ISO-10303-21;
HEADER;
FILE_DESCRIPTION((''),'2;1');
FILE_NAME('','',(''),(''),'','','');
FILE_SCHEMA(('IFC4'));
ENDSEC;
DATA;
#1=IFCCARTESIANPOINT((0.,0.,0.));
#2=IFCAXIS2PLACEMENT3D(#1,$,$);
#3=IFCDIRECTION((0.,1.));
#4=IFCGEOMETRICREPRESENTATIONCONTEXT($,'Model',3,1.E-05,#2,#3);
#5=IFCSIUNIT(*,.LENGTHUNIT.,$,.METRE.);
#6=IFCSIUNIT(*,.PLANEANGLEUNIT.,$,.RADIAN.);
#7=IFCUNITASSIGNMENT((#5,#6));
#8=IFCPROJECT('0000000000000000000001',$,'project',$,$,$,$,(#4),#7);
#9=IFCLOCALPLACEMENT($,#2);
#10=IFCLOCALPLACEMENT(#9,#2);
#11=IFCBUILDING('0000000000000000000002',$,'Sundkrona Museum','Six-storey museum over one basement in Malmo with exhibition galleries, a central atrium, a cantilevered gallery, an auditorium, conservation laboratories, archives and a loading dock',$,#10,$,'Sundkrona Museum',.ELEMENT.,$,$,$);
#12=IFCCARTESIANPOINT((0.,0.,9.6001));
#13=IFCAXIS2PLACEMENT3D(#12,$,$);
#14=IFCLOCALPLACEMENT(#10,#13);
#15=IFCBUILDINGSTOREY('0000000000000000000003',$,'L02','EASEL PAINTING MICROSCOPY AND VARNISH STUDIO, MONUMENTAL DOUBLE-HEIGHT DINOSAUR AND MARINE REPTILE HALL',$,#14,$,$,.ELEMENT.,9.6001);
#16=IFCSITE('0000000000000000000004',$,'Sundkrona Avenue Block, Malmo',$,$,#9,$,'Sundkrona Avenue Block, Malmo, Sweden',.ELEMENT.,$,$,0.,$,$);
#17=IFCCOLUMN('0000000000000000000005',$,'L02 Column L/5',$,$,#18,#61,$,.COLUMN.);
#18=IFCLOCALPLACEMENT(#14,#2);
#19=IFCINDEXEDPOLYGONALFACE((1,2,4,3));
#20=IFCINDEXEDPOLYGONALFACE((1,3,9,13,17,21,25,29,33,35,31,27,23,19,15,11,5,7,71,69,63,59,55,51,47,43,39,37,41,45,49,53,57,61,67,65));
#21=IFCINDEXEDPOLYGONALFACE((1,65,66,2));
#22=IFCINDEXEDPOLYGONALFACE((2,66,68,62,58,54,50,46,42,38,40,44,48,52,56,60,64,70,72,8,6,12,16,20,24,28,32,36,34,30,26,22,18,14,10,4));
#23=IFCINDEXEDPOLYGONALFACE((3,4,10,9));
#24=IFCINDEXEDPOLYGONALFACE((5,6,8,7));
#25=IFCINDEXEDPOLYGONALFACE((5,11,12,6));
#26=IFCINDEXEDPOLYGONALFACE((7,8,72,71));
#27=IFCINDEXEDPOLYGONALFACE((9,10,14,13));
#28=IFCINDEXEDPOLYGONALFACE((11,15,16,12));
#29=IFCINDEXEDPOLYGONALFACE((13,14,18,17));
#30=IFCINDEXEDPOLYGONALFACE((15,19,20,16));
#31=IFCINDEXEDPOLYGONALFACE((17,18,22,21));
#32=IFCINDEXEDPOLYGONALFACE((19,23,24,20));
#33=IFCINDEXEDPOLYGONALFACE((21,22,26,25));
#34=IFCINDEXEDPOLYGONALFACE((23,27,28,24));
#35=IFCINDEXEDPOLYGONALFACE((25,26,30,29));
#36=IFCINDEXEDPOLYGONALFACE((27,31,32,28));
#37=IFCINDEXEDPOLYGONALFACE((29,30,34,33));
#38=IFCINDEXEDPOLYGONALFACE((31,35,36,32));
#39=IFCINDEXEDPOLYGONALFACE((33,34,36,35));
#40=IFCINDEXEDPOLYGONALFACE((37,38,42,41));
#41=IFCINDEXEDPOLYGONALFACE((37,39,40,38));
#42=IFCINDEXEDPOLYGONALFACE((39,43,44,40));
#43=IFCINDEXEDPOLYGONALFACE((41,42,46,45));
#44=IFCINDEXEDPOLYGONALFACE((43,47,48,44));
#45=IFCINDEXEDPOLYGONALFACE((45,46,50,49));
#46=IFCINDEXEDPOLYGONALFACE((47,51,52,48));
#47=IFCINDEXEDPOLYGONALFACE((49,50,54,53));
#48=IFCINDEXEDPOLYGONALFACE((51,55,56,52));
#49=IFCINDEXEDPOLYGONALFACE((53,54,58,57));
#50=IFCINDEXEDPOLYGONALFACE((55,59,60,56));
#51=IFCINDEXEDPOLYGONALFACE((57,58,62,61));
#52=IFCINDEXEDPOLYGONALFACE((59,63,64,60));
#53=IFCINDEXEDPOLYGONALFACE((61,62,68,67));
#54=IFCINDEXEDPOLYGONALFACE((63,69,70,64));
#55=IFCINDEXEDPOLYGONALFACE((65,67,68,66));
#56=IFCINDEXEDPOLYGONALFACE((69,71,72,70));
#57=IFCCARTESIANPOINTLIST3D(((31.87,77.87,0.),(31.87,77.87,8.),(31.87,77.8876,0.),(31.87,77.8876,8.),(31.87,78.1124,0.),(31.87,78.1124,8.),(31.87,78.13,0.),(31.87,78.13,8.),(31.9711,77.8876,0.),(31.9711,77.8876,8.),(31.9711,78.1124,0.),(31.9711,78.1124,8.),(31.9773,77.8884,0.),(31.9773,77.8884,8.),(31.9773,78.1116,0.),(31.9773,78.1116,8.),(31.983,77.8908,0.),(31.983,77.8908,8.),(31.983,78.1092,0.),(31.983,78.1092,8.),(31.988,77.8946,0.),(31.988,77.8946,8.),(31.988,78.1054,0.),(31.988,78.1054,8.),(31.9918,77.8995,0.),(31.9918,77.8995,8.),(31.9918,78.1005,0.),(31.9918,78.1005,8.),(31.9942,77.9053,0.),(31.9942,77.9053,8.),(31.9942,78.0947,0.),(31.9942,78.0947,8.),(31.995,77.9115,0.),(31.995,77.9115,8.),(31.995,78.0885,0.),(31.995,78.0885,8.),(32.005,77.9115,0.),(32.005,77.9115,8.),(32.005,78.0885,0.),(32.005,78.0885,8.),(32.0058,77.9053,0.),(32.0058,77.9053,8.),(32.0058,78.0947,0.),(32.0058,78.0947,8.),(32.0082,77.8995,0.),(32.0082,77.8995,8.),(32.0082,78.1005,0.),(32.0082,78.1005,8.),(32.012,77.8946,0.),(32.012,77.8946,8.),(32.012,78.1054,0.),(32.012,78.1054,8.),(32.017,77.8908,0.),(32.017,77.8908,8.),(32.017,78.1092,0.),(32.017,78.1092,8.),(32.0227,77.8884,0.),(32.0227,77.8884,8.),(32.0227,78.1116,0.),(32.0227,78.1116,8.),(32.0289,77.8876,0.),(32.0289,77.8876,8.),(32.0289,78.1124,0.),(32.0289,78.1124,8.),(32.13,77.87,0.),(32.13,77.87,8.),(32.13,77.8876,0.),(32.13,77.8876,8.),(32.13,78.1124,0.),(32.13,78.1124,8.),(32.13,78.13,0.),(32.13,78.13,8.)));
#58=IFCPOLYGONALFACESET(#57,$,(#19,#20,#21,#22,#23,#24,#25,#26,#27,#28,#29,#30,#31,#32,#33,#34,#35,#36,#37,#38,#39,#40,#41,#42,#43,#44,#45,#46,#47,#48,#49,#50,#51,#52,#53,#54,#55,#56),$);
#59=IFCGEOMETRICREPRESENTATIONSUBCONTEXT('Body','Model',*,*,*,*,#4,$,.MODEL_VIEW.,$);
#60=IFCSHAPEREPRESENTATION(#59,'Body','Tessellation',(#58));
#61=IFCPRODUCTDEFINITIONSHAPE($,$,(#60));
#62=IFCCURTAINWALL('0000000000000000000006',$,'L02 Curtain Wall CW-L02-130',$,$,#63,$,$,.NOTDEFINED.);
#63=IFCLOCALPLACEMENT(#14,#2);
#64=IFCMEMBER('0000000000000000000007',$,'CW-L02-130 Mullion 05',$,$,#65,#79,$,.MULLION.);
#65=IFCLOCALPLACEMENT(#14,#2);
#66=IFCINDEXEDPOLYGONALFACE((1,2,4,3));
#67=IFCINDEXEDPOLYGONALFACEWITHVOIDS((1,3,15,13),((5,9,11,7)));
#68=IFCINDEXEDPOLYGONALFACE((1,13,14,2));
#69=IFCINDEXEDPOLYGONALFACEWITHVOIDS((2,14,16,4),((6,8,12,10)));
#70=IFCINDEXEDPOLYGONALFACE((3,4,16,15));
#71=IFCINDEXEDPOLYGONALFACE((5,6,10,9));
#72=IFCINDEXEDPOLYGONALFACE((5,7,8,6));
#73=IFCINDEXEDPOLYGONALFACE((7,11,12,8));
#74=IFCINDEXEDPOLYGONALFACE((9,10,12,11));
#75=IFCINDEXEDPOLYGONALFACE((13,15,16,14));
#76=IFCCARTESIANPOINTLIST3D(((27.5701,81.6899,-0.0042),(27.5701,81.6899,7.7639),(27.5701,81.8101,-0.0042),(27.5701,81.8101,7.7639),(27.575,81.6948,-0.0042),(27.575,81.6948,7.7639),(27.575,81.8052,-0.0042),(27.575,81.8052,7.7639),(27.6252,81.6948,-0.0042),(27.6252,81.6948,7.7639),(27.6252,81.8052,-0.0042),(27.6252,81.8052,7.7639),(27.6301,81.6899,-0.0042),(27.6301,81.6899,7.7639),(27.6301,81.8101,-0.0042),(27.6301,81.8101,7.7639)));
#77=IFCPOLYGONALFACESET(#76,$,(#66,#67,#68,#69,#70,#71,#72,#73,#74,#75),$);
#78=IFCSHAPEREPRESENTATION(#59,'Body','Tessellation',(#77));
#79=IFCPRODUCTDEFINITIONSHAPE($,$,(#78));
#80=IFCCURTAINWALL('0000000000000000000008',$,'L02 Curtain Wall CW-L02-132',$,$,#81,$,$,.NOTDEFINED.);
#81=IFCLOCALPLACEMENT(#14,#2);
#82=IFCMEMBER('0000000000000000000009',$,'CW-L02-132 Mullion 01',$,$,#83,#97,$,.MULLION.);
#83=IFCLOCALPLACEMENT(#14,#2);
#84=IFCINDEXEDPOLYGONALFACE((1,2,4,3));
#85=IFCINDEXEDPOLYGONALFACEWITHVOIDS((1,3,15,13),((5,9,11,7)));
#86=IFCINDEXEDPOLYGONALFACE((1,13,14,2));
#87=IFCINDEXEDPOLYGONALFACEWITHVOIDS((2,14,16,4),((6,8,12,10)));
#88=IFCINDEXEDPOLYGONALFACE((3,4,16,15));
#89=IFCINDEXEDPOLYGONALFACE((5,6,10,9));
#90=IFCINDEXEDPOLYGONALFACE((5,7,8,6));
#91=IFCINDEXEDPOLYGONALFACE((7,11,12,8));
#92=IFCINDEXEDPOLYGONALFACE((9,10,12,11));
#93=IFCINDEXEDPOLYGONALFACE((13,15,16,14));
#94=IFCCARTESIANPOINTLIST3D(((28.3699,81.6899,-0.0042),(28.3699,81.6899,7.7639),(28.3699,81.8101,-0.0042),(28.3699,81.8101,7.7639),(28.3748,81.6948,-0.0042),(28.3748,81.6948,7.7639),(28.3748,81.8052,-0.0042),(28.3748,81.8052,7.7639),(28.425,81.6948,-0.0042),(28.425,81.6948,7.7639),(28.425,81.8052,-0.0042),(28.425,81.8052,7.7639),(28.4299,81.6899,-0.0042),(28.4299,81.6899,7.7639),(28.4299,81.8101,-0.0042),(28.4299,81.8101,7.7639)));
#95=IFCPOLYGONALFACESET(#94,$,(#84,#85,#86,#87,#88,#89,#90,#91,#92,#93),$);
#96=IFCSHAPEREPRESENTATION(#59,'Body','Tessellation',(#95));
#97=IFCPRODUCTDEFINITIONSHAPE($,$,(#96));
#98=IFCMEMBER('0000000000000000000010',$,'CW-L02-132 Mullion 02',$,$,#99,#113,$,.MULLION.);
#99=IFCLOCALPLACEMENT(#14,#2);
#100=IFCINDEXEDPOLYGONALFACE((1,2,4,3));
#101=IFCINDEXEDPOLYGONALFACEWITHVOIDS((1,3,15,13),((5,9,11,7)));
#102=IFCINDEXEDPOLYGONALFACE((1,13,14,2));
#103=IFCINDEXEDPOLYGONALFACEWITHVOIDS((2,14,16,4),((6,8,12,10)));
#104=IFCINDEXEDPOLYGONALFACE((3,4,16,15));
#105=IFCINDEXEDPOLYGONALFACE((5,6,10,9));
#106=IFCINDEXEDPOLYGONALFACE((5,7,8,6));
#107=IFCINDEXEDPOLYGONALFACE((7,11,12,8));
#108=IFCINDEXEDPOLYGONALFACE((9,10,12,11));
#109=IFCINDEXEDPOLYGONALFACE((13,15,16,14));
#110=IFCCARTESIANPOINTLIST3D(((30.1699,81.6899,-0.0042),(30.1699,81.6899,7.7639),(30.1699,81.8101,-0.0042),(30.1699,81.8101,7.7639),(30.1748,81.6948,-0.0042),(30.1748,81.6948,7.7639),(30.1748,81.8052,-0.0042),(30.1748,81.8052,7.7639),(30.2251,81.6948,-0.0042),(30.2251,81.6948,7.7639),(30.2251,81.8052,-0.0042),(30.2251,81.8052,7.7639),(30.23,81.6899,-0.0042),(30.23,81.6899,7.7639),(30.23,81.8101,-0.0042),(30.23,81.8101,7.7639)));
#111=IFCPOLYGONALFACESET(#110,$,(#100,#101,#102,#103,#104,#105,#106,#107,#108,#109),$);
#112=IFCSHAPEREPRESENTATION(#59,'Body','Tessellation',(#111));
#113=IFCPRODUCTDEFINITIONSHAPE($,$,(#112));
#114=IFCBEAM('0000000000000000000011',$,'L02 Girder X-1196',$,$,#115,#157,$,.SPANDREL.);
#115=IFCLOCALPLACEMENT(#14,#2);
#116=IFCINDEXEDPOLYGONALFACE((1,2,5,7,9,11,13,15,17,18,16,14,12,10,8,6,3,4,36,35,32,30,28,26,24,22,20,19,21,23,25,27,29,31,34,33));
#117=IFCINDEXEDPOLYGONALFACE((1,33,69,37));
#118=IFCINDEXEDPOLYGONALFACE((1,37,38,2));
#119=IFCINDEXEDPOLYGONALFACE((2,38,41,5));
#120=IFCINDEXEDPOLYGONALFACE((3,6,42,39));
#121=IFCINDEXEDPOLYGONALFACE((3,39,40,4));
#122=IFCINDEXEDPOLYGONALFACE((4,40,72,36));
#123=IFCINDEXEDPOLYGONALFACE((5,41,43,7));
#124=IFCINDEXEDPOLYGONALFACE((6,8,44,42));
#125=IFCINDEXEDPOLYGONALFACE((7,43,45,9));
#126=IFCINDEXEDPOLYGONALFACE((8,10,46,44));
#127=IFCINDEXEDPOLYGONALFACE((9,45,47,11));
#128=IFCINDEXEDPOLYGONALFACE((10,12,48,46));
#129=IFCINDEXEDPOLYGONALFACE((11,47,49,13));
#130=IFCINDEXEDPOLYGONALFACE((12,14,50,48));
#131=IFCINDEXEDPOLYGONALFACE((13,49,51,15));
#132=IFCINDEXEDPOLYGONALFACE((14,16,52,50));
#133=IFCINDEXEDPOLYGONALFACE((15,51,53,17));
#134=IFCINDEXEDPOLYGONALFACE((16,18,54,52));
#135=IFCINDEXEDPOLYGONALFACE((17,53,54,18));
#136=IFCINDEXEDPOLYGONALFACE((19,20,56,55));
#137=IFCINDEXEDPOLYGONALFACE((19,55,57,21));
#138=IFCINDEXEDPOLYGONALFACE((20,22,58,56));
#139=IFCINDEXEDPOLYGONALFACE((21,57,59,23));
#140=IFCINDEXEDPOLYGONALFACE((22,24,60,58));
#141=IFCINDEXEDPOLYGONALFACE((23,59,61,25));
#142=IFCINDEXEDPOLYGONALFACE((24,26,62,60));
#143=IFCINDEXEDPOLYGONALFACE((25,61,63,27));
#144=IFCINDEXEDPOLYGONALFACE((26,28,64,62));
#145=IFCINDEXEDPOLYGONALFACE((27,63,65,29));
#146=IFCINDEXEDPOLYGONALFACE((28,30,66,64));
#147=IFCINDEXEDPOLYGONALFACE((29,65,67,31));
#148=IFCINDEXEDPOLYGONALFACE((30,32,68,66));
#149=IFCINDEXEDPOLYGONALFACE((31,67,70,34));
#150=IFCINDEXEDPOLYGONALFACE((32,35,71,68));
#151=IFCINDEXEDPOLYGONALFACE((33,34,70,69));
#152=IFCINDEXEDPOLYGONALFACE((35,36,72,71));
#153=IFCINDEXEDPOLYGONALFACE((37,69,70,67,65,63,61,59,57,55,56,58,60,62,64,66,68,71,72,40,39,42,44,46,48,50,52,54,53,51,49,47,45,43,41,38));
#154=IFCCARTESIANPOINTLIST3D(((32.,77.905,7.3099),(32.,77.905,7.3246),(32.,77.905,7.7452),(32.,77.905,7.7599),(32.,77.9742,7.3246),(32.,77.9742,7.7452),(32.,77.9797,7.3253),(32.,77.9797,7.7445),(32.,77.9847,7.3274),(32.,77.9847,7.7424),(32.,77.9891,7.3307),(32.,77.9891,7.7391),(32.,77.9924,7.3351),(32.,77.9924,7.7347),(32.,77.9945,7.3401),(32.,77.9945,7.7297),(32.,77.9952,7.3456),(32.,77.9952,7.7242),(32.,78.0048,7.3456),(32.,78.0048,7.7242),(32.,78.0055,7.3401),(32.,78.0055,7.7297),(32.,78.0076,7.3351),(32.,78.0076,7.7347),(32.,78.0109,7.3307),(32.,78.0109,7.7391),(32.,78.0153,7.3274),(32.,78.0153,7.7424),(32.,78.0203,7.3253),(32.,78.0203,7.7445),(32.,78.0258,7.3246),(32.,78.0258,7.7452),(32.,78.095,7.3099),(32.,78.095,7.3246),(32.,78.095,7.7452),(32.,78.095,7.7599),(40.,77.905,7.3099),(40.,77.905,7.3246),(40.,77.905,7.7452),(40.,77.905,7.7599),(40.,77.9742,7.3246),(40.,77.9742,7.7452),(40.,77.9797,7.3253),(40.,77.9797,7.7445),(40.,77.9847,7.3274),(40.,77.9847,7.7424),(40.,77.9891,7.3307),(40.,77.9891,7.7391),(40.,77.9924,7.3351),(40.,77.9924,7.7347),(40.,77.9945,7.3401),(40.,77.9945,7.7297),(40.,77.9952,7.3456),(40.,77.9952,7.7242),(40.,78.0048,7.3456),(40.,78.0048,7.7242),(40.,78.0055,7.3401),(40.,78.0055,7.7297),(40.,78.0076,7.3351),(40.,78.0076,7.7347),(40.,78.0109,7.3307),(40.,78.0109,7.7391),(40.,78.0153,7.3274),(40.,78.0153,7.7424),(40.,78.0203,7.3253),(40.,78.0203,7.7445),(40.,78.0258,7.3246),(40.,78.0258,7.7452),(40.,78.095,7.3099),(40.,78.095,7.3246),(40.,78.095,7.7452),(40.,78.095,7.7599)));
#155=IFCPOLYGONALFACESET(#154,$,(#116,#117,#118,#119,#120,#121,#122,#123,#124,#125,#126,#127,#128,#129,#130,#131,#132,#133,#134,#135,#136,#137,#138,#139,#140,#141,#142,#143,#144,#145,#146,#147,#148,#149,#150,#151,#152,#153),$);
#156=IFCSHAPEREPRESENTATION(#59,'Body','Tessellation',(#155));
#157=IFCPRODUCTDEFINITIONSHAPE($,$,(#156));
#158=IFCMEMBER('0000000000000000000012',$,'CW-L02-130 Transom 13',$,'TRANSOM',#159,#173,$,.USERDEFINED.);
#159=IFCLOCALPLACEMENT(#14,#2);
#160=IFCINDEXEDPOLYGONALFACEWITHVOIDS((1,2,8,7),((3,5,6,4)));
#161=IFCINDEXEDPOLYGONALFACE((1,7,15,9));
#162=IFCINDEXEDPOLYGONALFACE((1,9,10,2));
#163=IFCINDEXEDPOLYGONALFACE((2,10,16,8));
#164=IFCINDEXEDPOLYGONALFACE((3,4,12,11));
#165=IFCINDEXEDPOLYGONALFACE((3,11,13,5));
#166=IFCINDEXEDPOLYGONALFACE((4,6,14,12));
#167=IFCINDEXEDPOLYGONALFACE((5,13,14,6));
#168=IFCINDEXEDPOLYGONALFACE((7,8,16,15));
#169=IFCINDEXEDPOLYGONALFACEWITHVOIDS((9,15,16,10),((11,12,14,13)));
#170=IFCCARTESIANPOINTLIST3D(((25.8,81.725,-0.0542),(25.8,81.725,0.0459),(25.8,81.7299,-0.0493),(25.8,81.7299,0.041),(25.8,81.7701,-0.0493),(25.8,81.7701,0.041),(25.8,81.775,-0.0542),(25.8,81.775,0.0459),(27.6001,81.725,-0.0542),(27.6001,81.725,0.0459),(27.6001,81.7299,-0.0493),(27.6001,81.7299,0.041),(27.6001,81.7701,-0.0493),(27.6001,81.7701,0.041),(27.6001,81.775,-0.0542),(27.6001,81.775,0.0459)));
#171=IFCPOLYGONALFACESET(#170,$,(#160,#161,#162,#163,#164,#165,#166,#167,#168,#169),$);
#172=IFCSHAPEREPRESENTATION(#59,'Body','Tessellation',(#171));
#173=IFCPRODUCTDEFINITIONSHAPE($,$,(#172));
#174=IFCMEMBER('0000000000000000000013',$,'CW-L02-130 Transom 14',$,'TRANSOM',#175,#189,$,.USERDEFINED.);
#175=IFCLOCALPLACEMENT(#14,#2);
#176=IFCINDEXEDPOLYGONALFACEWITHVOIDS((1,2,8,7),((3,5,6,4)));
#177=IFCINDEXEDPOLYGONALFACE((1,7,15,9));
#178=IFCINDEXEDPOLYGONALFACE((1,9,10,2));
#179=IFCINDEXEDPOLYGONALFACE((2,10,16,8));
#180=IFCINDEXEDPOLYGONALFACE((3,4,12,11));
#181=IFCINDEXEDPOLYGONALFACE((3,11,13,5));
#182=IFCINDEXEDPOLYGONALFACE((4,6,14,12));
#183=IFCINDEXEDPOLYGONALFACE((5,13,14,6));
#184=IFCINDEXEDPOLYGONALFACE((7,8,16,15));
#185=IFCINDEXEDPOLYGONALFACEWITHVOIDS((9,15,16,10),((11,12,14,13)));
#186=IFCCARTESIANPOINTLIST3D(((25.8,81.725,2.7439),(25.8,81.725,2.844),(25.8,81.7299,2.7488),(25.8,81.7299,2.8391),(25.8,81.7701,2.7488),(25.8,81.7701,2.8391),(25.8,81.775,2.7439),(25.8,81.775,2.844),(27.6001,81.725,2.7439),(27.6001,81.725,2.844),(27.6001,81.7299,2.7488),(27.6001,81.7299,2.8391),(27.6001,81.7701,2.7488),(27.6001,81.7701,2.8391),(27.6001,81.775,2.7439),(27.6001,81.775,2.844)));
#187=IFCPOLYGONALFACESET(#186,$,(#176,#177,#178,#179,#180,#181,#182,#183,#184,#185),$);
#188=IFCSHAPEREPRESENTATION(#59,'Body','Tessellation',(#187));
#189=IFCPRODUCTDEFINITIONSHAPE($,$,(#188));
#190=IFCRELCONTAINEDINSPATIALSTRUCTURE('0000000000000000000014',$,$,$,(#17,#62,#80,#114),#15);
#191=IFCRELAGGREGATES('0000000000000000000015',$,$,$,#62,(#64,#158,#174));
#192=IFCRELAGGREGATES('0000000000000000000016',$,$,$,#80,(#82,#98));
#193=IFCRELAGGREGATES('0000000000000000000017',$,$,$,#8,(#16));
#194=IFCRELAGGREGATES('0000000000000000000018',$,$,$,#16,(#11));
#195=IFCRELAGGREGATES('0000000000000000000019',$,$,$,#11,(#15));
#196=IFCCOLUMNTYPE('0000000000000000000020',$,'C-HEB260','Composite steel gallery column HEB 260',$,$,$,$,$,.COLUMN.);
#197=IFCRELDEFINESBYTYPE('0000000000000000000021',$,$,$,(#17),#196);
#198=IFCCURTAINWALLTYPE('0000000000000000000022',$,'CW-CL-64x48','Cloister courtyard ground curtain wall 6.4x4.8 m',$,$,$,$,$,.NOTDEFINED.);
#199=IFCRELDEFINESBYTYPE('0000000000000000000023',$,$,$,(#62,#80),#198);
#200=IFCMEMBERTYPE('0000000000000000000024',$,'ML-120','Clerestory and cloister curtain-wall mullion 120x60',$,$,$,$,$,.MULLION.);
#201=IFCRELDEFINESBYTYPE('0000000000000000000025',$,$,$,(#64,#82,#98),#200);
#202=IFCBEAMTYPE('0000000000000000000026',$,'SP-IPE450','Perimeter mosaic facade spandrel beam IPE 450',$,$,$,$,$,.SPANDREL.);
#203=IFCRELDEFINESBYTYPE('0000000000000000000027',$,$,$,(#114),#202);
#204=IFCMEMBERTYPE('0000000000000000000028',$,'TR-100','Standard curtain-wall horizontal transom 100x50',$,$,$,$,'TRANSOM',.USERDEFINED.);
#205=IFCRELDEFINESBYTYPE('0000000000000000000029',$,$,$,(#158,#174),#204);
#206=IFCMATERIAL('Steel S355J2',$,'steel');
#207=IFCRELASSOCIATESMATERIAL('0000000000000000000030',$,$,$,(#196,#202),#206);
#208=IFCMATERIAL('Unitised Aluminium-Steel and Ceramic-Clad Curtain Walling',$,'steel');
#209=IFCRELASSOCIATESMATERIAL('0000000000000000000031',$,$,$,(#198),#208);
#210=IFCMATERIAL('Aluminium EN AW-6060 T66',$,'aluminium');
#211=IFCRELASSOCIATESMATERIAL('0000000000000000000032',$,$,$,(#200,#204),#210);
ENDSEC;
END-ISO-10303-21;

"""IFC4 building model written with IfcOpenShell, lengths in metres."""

from ifc_helpers import new_model, si_unit, direction, frame, origin, origin_2d, place, context, subcontext, project, spatial, hollow_rectangle, i_section, extrude, material, material_profile, profile_set, type_object, element, aggregate, save


model = new_model("IFC4")

# Units and contexts
model_context = context("Model", 3, precision=1e-05, world=origin(), true_north=direction((0.0, 1.0)))
body_context = subcontext(model_context, "Body", "Model", "MODEL_VIEW")
ifc_project = project(units=[si_unit("LENGTHUNIT", "METRE"), si_unit("PLANEANGLEUNIT", "RADIAN")], contexts=[model_context])

# Site, building, storey
site_placement = place(None, origin())
site = spatial("IfcSite", under=ifc_project, at=site_placement, Name="Sundkrona Avenue Block, Malmo", LongName="Sundkrona Avenue Block, Malmo, Sweden", CompositionType="ELEMENT", RefElevation=0.0)
building_placement = place(site_placement, origin())
building = spatial("IfcBuilding", under=site, at=building_placement, Name="Sundkrona Museum", Description="Six-storey museum over one basement in Malmo with exhibition galleries, a central atrium, a cantilevered gallery, an auditorium, conservation laboratories, archives and a loading dock", LongName="Sundkrona Museum", CompositionType="ELEMENT")
storey_placement = place(building_placement, frame((0.0, 0.0, 9.6001)))
storey = spatial("IfcBuildingStorey", under=building, at=storey_placement, Name="L02", Description="EASEL PAINTING MICROSCOPY AND VARNISH STUDIO, MONUMENTAL DOUBLE-HEIGHT DINOSAUR AND MARINE REPTILE HALL", CompositionType="ELEMENT", Elevation=9.6001)

# Column
ifc_material_1 = material(Name="Steel S355J2", Category="steel")
ifc_material_profile_1 = material_profile(ifc_material_1, i_section(OverallWidth=0.26, OverallDepth=0.26, WebThickness=0.01, FlangeThickness=0.0176, FilletRadius=0.0239, at=origin_2d()), Name="HEB 260")
ifc_profile_set_1 = profile_set([ifc_material_profile_1], Name="Steel S355J2")
column_type = type_object("IfcColumnType", Name="C-HEB260", Description="Composite steel gallery column HEB 260", PredefinedType="COLUMN", material=ifc_profile_set_1)
column_placement = place(storey_placement, frame((32.0, 78.0, 0.0), z_axis=(0.0, 0.0, 1.0), x_axis=(1.0, 0.0, 0.0)))
element("IfcColumn", 1, at=column_placement, inside=storey, type_object=column_type, Name="L02 Column L/5", PredefinedType="COLUMN", context=body_context, shape_type="SweptSolid", body=[
    extrude(i_section(OverallWidth=0.26, OverallDepth=0.26, WebThickness=0.01, FlangeThickness=0.0176, FilletRadius=0.0239, at=origin_2d()), origin(), (0.0, 0.0, 1.0), 8.0),
])

# Curtain wall, member
ifc_material_2 = material(Name="Unitised Aluminium-Steel and Ceramic-Clad Curtain Walling", Category="steel")
curtain_wall_type = type_object("IfcCurtainWallType", Name="CW-CL-64x48", Description="Cloister courtyard ground curtain wall 6.4x4.8 m", PredefinedType="NOTDEFINED", material=ifc_material_2)
curtain_wall_1_placement = place(storey_placement, origin())
curtain_wall_1 = element("IfcCurtainWall", 2, at=curtain_wall_1_placement, inside=storey, type_object=curtain_wall_type, Name="L02 Curtain Wall CW-L02-130", PredefinedType="NOTDEFINED")
ifc_material_3 = material(Name="Aluminium EN AW-6060 T66", Category="aluminium")
ifc_material_profile_2 = material_profile(ifc_material_3, hollow_rectangle(XDim=0.0601, YDim=0.1201, WallThickness=0.0049, at=origin_2d()), Name="RHS 120x60x5.0")
ifc_profile_set_2 = profile_set([ifc_material_profile_2], Name="Aluminium EN AW-6060 T66")
member_type_1 = type_object("IfcMemberType", Name="ML-120", Description="Clerestory and cloister curtain-wall mullion 120x60", PredefinedType="MULLION", material=ifc_profile_set_2)
member_1_placement = place(storey_placement, frame((27.6001, 81.75, -0.0042), z_axis=(0.0, 0.0, 1.0), x_axis=(1.0, 0.0, 0.0)))
member_1 = element("IfcMember", 3, at=member_1_placement, type_object=member_type_1, Name="CW-L02-130 Mullion 05", PredefinedType="MULLION", context=body_context, shape_type="SweptSolid", body=[
    extrude(hollow_rectangle(XDim=0.0601, YDim=0.1201, WallThickness=0.0049, at=origin_2d()), origin(), (0.0, 0.0, 1.0), 7.7681),
])

# Curtain wall, members
curtain_wall_2_placement = place(storey_placement, origin())
curtain_wall_2 = element("IfcCurtainWall", 4, at=curtain_wall_2_placement, inside=storey, type_object=curtain_wall_type, Name="L02 Curtain Wall CW-L02-132", PredefinedType="NOTDEFINED")
member_2_placement = place(storey_placement, frame((28.3999, 81.75, -0.0042), z_axis=(0.0, 0.0, 1.0), x_axis=(1.0, 0.0, 0.0)))
member_2 = element("IfcMember", 5, at=member_2_placement, type_object=member_type_1, Name="CW-L02-132 Mullion 01", PredefinedType="MULLION", context=body_context, shape_type="SweptSolid", body=[
    extrude(hollow_rectangle(XDim=0.0601, YDim=0.1201, WallThickness=0.0049, at=origin_2d()), origin(), (0.0, 0.0, 1.0), 7.7681),
])
member_3_placement = place(storey_placement, frame((30.2, 81.75, -0.0042), z_axis=(0.0, 0.0, 1.0), x_axis=(1.0, 0.0, 0.0)))
member_3 = element("IfcMember", 6, at=member_3_placement, type_object=member_type_1, Name="CW-L02-132 Mullion 02", PredefinedType="MULLION", context=body_context, shape_type="SweptSolid", body=[
    extrude(hollow_rectangle(XDim=0.0601, YDim=0.1201, WallThickness=0.0049, at=origin_2d()), origin(), (0.0, 0.0, 1.0), 7.7681),
])

# Beam
ifc_material_profile_3 = material_profile(ifc_material_1, i_section(OverallWidth=0.1899, OverallDepth=0.45, WebThickness=0.0095, FlangeThickness=0.0146, FilletRadius=0.021, at=origin_2d()), Name="IPE 450")
ifc_profile_set_3 = profile_set([ifc_material_profile_3], Name="Steel S355J2")
beam_type = type_object("IfcBeamType", Name="SP-IPE450", Description="Perimeter mosaic facade spandrel beam IPE 450", PredefinedType="SPANDREL", material=ifc_profile_set_3)
beam_placement = place(storey_placement, frame((32.0, 78.0, 7.5349), z_axis=(1.0, 0.0, 0.0), x_axis=(0.0, 1.0, 0.0)))
element("IfcBeam", 7, at=beam_placement, inside=storey, type_object=beam_type, Name="L02 Girder X-1196", PredefinedType="SPANDREL", context=body_context, shape_type="SweptSolid", body=[
    extrude(i_section(OverallWidth=0.1899, OverallDepth=0.45, WebThickness=0.0095, FlangeThickness=0.0146, FilletRadius=0.021, at=origin_2d()), origin(), (0.0, 0.0, 1.0), 8.0),
])

# Members
ifc_material_profile_4 = material_profile(ifc_material_3, hollow_rectangle(XDim=0.05, YDim=0.1001, WallThickness=0.0049, at=origin_2d()), Name="RHS 100x50x5.0")
ifc_profile_set_4 = profile_set([ifc_material_profile_4], Name="Aluminium EN AW-6060 T66")
member_type_2 = type_object("IfcMemberType", Name="TR-100", Description="Standard curtain-wall horizontal transom 100x50", ElementType="TRANSOM", PredefinedType="USERDEFINED", material=ifc_profile_set_4)
member_4_placement = place(storey_placement, frame((25.8, 81.75, -0.0042), z_axis=(1.0, 0.0, 0.0), x_axis=(0.0, 1.0, 0.0)))
member_4 = element("IfcMember", 8, at=member_4_placement, type_object=member_type_2, Name="CW-L02-130 Transom 13", ObjectType="TRANSOM", PredefinedType="USERDEFINED", context=body_context, shape_type="SweptSolid", body=[
    extrude(hollow_rectangle(XDim=0.05, YDim=0.1001, WallThickness=0.0049, at=origin_2d()), origin(), (0.0, 0.0, 1.0), 1.8),
])
member_5_placement = place(storey_placement, frame((25.8, 81.75, 2.7939), z_axis=(1.0, 0.0, 0.0), x_axis=(0.0, 1.0, 0.0)))
member_5 = element("IfcMember", 9, at=member_5_placement, type_object=member_type_2, Name="CW-L02-130 Transom 14", ObjectType="TRANSOM", PredefinedType="USERDEFINED", context=body_context, shape_type="SweptSolid", body=[
    extrude(hollow_rectangle(XDim=0.05, YDim=0.1001, WallThickness=0.0049, at=origin_2d()), origin(), (0.0, 0.0, 1.0), 1.8),
])

aggregate(curtain_wall_1, [member_1, member_4, member_5])
aggregate(curtain_wall_2, [member_2, member_3])

save(model, "model.ifc")
